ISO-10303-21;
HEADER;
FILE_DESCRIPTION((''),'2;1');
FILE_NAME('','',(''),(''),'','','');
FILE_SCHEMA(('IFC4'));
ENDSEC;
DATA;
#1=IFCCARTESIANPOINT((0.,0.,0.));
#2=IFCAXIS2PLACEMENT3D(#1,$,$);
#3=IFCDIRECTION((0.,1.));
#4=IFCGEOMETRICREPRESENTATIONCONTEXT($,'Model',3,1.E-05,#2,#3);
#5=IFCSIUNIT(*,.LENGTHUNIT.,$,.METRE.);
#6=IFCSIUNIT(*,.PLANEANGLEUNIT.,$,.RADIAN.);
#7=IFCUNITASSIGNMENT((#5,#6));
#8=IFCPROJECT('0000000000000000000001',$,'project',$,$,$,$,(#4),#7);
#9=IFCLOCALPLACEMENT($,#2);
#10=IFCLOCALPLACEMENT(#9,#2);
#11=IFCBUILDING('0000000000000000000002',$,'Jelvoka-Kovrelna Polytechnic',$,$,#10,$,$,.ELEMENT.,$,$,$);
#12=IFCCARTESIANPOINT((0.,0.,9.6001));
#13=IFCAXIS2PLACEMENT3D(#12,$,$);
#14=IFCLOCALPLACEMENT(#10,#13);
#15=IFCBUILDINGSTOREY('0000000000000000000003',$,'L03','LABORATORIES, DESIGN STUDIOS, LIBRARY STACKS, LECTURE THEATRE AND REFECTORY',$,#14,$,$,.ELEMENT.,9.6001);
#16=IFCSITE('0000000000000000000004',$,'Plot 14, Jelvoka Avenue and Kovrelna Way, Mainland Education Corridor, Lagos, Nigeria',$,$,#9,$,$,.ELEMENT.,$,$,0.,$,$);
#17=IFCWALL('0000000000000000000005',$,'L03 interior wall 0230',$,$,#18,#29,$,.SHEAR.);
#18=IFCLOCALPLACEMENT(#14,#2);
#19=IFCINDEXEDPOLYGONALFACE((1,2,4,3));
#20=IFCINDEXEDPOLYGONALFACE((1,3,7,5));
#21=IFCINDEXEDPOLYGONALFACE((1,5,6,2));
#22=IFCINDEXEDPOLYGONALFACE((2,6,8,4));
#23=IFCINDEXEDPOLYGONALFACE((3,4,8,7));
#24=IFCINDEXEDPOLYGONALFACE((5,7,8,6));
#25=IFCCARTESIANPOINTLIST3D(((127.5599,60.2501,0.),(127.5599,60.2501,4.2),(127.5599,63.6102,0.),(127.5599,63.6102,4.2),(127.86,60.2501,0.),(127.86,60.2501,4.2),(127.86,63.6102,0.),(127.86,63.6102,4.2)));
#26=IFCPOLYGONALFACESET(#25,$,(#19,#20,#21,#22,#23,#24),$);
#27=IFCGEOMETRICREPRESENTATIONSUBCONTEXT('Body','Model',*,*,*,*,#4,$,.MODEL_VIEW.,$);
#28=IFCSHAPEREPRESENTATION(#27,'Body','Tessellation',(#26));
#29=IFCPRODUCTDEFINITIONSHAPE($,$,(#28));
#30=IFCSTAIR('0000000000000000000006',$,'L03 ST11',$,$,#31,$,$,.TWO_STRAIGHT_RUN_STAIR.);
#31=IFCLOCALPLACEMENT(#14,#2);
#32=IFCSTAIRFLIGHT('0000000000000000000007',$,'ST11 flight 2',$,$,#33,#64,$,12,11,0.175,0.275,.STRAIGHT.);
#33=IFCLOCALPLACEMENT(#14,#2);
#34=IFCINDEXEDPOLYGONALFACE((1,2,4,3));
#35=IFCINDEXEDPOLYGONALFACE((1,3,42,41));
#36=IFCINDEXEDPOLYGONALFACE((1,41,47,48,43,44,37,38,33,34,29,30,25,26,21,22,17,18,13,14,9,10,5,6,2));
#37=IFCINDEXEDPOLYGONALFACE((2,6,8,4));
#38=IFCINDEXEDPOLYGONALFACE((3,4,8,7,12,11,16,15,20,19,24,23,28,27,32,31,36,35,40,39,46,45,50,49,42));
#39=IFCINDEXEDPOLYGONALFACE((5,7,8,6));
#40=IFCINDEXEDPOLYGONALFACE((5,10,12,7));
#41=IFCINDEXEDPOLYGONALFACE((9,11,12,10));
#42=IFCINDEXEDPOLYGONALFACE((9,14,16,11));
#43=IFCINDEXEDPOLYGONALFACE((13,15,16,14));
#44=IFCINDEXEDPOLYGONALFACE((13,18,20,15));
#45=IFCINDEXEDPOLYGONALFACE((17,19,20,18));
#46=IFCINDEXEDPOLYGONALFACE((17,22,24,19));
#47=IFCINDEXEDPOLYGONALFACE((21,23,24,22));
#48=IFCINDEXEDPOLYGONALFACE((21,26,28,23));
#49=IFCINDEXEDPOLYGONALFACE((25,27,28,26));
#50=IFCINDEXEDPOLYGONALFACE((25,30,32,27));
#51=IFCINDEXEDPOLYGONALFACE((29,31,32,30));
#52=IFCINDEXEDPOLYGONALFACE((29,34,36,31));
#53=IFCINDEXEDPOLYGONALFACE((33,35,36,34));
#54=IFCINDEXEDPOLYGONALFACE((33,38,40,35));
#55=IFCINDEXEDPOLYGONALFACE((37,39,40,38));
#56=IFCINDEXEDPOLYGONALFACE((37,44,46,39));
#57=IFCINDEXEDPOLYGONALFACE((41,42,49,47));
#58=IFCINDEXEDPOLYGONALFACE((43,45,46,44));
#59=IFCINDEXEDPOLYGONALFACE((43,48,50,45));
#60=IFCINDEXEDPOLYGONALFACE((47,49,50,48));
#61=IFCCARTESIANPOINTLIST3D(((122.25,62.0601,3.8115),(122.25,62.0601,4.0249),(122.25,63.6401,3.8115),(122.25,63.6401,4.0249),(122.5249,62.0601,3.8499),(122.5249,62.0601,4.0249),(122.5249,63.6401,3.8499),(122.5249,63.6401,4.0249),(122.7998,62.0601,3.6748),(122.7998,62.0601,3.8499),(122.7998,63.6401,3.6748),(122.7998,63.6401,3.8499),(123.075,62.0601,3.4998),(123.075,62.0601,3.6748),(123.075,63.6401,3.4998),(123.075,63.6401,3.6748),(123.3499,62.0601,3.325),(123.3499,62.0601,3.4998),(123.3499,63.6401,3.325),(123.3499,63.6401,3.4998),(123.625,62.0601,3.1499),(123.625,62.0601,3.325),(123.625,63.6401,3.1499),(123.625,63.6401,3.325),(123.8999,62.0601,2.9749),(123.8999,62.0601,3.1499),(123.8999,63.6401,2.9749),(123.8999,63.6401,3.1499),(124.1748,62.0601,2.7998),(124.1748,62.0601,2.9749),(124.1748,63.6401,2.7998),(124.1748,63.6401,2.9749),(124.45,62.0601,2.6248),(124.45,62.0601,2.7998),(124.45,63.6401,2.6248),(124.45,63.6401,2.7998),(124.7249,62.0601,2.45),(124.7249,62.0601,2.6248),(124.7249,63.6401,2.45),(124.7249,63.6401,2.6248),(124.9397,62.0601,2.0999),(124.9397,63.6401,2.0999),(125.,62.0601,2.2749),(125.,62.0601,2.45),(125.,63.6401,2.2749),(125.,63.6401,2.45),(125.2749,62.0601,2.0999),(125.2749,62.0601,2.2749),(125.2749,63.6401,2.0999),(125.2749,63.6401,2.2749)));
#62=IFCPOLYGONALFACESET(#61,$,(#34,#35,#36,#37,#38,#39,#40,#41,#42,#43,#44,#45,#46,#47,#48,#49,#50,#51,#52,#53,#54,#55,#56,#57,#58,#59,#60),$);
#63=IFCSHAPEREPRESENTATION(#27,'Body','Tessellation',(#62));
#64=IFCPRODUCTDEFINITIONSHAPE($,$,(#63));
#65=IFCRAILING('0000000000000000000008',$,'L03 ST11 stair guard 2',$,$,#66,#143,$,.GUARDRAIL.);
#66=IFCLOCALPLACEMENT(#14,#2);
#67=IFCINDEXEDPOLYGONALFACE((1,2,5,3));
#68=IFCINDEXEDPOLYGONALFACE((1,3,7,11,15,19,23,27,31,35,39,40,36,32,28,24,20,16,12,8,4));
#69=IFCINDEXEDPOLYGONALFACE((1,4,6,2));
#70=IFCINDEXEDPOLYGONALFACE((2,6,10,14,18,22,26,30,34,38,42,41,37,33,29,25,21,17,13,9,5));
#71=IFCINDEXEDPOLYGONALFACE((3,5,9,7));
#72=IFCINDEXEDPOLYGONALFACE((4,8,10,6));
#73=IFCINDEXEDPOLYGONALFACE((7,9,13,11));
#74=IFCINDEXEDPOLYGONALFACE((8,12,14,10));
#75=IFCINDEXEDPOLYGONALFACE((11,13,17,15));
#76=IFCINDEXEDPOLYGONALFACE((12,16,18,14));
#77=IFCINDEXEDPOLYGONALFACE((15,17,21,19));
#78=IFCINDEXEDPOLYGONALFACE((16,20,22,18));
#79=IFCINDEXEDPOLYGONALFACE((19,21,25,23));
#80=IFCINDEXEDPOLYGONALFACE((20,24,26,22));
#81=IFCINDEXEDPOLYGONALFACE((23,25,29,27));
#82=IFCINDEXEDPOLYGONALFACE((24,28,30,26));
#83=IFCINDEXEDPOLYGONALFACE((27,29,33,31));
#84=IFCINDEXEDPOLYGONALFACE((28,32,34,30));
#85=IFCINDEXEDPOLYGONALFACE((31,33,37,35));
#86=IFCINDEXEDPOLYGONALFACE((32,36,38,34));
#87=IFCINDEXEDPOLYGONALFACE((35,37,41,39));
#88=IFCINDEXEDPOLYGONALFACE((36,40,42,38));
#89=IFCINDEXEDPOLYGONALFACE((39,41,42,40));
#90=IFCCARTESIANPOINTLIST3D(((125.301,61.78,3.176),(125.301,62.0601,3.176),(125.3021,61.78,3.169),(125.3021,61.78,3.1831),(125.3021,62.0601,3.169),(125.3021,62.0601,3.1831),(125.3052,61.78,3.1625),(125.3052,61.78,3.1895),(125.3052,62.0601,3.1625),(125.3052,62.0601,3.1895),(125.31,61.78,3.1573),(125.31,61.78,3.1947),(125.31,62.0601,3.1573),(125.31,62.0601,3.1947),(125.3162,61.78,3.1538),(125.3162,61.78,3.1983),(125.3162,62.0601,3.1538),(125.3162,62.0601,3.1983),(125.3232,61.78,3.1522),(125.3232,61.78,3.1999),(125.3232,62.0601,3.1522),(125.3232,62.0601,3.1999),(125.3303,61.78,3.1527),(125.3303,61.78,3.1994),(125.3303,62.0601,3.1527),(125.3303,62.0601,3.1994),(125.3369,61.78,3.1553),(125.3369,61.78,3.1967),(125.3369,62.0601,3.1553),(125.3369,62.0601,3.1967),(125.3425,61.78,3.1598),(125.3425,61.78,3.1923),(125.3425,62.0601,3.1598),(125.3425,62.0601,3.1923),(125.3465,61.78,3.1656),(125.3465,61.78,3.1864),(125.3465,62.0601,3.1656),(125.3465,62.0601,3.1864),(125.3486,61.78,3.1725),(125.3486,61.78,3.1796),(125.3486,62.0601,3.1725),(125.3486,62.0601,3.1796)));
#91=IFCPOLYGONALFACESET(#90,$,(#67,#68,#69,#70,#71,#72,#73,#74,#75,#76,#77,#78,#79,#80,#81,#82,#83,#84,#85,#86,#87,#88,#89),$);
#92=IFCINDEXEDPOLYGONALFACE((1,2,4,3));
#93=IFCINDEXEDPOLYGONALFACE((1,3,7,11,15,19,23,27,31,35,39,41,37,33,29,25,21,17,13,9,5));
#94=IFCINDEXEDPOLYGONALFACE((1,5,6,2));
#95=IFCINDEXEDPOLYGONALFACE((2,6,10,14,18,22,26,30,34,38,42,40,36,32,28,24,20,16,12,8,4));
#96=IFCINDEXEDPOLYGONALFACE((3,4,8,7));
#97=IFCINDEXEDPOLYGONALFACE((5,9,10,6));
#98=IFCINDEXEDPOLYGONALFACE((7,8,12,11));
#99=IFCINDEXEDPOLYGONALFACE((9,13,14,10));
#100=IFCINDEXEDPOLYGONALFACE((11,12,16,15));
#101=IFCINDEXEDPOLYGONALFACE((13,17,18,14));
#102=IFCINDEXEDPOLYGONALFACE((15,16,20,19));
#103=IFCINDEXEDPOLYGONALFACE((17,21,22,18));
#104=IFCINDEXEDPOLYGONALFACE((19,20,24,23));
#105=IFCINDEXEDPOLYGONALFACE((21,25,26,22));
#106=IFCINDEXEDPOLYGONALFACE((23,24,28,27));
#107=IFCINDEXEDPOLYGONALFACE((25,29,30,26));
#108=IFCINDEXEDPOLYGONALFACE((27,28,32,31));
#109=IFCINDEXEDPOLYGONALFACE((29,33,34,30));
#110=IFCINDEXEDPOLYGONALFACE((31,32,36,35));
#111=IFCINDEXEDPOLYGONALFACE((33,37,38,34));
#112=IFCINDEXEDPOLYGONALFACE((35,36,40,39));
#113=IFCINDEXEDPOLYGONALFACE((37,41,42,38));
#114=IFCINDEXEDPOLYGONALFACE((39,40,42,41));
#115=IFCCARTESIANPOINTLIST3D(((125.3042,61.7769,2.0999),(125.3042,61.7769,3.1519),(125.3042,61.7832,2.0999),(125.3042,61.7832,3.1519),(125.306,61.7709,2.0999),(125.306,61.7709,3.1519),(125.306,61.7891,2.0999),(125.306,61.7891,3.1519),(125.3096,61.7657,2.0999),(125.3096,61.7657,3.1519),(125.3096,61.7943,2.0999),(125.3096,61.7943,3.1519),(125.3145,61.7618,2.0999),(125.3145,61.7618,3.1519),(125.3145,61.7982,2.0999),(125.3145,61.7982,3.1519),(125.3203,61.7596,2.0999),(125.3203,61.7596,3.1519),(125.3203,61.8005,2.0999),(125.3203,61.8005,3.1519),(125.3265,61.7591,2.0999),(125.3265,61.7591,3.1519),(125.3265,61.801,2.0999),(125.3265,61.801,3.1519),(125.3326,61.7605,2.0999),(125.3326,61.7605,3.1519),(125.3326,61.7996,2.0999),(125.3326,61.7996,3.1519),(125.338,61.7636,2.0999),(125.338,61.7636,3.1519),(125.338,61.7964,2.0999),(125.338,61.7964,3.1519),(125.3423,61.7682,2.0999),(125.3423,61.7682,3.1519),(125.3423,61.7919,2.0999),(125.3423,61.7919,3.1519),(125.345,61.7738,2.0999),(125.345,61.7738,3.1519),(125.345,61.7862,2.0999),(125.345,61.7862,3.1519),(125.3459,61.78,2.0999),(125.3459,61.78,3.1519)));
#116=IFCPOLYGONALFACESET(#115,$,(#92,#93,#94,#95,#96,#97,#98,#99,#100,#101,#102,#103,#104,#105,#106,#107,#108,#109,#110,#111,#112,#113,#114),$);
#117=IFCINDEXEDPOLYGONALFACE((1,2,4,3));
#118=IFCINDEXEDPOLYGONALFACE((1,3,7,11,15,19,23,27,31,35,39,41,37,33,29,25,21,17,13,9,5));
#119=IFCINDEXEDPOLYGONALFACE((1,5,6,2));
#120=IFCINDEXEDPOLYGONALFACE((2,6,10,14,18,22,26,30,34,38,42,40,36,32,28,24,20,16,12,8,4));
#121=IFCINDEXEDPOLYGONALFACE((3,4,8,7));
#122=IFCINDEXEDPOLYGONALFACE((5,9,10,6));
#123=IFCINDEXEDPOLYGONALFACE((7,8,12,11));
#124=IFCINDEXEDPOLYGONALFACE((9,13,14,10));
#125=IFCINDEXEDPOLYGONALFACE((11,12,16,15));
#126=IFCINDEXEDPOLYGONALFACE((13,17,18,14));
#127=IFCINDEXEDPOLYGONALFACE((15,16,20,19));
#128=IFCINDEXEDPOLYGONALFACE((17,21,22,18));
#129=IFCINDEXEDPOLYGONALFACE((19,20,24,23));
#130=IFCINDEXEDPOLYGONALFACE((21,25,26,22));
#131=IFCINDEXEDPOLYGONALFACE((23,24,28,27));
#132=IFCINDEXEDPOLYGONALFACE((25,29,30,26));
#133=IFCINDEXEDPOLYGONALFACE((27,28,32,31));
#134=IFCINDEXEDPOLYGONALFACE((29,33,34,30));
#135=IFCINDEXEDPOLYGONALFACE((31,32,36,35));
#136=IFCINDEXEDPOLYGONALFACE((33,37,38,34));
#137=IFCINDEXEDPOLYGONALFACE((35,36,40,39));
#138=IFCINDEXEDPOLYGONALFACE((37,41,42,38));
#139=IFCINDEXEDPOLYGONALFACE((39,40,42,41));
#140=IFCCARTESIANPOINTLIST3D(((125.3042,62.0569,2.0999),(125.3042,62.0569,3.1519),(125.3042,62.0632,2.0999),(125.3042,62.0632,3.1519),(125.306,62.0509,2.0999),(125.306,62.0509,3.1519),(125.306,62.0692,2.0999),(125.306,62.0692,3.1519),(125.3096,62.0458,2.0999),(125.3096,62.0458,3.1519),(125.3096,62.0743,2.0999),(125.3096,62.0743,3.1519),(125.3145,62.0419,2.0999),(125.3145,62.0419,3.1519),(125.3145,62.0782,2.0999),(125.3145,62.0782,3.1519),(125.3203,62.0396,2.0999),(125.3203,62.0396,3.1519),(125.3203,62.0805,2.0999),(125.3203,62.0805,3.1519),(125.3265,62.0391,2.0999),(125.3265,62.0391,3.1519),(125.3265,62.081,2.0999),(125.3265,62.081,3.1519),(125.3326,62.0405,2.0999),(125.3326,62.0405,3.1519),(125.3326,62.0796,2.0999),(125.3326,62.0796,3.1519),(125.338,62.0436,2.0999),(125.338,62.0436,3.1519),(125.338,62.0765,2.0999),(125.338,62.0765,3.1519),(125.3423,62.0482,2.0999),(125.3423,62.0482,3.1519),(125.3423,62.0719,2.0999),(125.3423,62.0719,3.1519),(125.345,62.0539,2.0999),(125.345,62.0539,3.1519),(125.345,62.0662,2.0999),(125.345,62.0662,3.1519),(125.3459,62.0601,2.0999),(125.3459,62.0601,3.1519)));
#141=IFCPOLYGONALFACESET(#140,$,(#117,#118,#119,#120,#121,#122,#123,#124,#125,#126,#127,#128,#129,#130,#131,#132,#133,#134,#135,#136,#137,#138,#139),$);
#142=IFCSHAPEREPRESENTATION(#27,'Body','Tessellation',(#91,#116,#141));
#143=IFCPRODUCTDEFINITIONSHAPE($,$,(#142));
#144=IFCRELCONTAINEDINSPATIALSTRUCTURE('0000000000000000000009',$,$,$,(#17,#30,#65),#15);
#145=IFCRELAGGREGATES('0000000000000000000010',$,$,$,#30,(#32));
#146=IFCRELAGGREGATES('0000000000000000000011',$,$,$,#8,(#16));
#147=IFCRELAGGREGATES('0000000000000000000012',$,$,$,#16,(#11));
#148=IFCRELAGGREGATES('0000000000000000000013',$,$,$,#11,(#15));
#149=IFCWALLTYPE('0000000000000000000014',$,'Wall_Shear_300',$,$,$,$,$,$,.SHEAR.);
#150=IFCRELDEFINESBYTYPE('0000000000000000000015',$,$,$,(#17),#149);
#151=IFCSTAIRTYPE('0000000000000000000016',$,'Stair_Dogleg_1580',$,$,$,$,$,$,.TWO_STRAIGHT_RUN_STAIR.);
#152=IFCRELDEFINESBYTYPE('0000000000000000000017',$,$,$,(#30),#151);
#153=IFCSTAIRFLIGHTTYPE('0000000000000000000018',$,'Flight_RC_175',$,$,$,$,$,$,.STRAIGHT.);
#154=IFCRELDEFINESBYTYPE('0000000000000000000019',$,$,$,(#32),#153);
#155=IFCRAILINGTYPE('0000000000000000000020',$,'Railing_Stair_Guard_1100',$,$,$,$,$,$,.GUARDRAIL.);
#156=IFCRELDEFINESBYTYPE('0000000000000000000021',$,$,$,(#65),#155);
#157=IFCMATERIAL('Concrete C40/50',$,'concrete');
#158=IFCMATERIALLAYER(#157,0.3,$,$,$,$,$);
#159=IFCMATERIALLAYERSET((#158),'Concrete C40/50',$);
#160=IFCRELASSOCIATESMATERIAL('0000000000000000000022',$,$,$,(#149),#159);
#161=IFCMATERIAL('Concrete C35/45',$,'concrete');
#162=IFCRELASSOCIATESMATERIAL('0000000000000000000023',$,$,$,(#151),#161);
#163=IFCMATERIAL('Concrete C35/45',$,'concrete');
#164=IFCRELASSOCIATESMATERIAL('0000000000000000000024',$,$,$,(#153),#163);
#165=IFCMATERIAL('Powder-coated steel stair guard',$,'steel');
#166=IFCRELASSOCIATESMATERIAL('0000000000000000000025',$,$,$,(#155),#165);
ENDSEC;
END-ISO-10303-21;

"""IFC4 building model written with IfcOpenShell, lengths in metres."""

from ifc_helpers import new_model, si_unit, direction, frame, frame_2d, origin, origin_2d, place, context, subcontext, project, spatial, polyline, rectangle, circle, outline, extrude, material, layer, layer_set, type_object, element, aggregate, save


model = new_model("IFC4")

# Units and contexts
model_context = context("Model", 3, precision=1e-05, world=origin(), true_north=direction((0.0, 1.0)))
body_context = subcontext(model_context, "Body", "Model", "MODEL_VIEW")
ifc_project = project(units=[si_unit("LENGTHUNIT", "METRE"), si_unit("PLANEANGLEUNIT", "RADIAN")], contexts=[model_context])

# Site, building, storey
site_placement = place(None, origin())
site = spatial("IfcSite", under=ifc_project, at=site_placement, Name="Plot 14, Jelvoka Avenue and Kovrelna Way, Mainland Education Corridor, Lagos, Nigeria", CompositionType="ELEMENT", RefElevation=0.0)
building_placement = place(site_placement, origin())
building = spatial("IfcBuilding", under=site, at=building_placement, Name="Jelvoka-Kovrelna Polytechnic", CompositionType="ELEMENT")
storey_placement = place(building_placement, frame((0.0, 0.0, 9.6001)))
storey = spatial("IfcBuildingStorey", under=building, at=storey_placement, Name="L03", Description="LABORATORIES, DESIGN STUDIOS, LIBRARY STACKS, LECTURE THEATRE AND REFECTORY", CompositionType="ELEMENT", Elevation=9.6001)

# Wall
ifc_material_1 = material(Name="Concrete C40/50", Category="concrete")
ifc_layer_1 = layer(ifc_material_1, 0.3)
ifc_layer_set_1 = layer_set([ifc_layer_1], Name="Concrete C40/50")
wall_type_1 = type_object("IfcWallType", Name="Wall_Shear_300", PredefinedType="SHEAR", material=ifc_layer_set_1)
wall_1_placement = place(storey_placement, frame((127.71, 60.25, 0.0), z_axis=(0.0, 0.0, 1.0), x_axis=(0.0, 1.0, 0.0)))
element("IfcWall", 1, at=wall_1_placement, inside=storey, type_object=wall_type_1, Name="L03 interior wall 0230", PredefinedType="SHEAR", context=body_context, shape_type="SweptSolid", body=[
    extrude(rectangle(XDim=3.3601, YDim=0.3, at=frame_2d((1.6802, 0.0))), origin(), (0.0, 0.0, 1.0), 4.2),
])

# Stair, stair flight
ifc_material_2 = material(Name="Concrete C35/45", Category="concrete")
stair_type = type_object("IfcStairType", Name="Stair_Dogleg_1580", PredefinedType="TWO_STRAIGHT_RUN_STAIR", material=ifc_material_2)
stair_placement = place(storey_placement, origin())
stair = element("IfcStair", 2, at=stair_placement, inside=storey, type_object=stair_type, Name="L03 ST11", PredefinedType="TWO_STRAIGHT_RUN_STAIR")
ifc_material_3 = material(Name="Concrete C35/45", Category="concrete")
stair_flight_type = type_object("IfcStairFlightType", Name="Flight_RC_175", PredefinedType="STRAIGHT", material=ifc_material_3)
stair_flight_placement = place(storey_placement, frame((125.2749, 62.8501, 2.0999), z_axis=(0.0, 0.0, 1.0), x_axis=(-1.0, 0.0, 0.0)))
stair_flight = element("IfcStairFlight", 3, at=stair_flight_placement, type_object=stair_flight_type, Name="ST11 flight 2", NumberOfRisers=12, NumberOfTreads=11, PredefinedType="STRAIGHT", RiserHeight=0.175, TreadLength=0.275, context=body_context, shape_type="SweptSolid", body=[
    extrude(outline(polyline([(0.0, 0.0), (0.0, 0.175), (0.2749, 0.175), (0.2749, 0.3501), (0.55, 0.3501), (0.55, 0.5249), (0.825, 0.5249), (0.825, 0.7), (1.1001, 0.7), (1.1001, 0.875), (1.375, 0.875), (1.375, 1.05), (1.6499, 1.05), (1.6499, 1.2251), (1.925, 1.2251), (1.925, 1.3999), (2.2, 1.3999), (2.2, 1.575), (2.4751, 1.575), (2.4751, 1.75), (2.75, 1.75), (2.75, 1.925), (3.0249, 1.925), (3.0249, 2.1001), (3.0249, 1.7117), (0.3352, 0.0), (0.0, 0.0)])), frame((0.0, 0.79, 0.0), z_axis=(0.0, -1.0, 0.0), x_axis=(1.0, 0.0, 0.0)), (0.0, 0.0, 1.0), 1.5801),
])
aggregate(stair, [stair_flight])

# Railing
ifc_material_4 = material(Name="Powder-coated steel stair guard", Category="steel")
railing_type_1 = type_object("IfcRailingType", Name="Railing_Stair_Guard_1100", PredefinedType="GUARDRAIL", material=ifc_material_4)
railing_1_placement = place(storey_placement, frame((125.325, 61.78, 2.0999)))
element("IfcRailing", 4, at=railing_1_placement, inside=storey, type_object=railing_type_1, Name="L03 ST11 stair guard 2", PredefinedType="GUARDRAIL", context=body_context, shape_type="SweptSolid", body=[
    extrude(circle(Radius=0.0239, at=origin_2d()), frame((0.0, 0.0, 1.0762), z_axis=(0.0, 1.0, 0.0), x_axis=(-1.0, 0.0, 0.0)), (0.0, 0.0, 1.0), 0.28),
    extrude(circle(Radius=0.021, at=origin_2d()), origin(), (0.0, 0.0, 1.0), 1.052),
    extrude(circle(Radius=0.021, at=origin_2d()), frame((0.0, 0.28, 0.0)), (0.0, 0.0, 1.0), 1.052),
])

save(model, "model.ifc")
